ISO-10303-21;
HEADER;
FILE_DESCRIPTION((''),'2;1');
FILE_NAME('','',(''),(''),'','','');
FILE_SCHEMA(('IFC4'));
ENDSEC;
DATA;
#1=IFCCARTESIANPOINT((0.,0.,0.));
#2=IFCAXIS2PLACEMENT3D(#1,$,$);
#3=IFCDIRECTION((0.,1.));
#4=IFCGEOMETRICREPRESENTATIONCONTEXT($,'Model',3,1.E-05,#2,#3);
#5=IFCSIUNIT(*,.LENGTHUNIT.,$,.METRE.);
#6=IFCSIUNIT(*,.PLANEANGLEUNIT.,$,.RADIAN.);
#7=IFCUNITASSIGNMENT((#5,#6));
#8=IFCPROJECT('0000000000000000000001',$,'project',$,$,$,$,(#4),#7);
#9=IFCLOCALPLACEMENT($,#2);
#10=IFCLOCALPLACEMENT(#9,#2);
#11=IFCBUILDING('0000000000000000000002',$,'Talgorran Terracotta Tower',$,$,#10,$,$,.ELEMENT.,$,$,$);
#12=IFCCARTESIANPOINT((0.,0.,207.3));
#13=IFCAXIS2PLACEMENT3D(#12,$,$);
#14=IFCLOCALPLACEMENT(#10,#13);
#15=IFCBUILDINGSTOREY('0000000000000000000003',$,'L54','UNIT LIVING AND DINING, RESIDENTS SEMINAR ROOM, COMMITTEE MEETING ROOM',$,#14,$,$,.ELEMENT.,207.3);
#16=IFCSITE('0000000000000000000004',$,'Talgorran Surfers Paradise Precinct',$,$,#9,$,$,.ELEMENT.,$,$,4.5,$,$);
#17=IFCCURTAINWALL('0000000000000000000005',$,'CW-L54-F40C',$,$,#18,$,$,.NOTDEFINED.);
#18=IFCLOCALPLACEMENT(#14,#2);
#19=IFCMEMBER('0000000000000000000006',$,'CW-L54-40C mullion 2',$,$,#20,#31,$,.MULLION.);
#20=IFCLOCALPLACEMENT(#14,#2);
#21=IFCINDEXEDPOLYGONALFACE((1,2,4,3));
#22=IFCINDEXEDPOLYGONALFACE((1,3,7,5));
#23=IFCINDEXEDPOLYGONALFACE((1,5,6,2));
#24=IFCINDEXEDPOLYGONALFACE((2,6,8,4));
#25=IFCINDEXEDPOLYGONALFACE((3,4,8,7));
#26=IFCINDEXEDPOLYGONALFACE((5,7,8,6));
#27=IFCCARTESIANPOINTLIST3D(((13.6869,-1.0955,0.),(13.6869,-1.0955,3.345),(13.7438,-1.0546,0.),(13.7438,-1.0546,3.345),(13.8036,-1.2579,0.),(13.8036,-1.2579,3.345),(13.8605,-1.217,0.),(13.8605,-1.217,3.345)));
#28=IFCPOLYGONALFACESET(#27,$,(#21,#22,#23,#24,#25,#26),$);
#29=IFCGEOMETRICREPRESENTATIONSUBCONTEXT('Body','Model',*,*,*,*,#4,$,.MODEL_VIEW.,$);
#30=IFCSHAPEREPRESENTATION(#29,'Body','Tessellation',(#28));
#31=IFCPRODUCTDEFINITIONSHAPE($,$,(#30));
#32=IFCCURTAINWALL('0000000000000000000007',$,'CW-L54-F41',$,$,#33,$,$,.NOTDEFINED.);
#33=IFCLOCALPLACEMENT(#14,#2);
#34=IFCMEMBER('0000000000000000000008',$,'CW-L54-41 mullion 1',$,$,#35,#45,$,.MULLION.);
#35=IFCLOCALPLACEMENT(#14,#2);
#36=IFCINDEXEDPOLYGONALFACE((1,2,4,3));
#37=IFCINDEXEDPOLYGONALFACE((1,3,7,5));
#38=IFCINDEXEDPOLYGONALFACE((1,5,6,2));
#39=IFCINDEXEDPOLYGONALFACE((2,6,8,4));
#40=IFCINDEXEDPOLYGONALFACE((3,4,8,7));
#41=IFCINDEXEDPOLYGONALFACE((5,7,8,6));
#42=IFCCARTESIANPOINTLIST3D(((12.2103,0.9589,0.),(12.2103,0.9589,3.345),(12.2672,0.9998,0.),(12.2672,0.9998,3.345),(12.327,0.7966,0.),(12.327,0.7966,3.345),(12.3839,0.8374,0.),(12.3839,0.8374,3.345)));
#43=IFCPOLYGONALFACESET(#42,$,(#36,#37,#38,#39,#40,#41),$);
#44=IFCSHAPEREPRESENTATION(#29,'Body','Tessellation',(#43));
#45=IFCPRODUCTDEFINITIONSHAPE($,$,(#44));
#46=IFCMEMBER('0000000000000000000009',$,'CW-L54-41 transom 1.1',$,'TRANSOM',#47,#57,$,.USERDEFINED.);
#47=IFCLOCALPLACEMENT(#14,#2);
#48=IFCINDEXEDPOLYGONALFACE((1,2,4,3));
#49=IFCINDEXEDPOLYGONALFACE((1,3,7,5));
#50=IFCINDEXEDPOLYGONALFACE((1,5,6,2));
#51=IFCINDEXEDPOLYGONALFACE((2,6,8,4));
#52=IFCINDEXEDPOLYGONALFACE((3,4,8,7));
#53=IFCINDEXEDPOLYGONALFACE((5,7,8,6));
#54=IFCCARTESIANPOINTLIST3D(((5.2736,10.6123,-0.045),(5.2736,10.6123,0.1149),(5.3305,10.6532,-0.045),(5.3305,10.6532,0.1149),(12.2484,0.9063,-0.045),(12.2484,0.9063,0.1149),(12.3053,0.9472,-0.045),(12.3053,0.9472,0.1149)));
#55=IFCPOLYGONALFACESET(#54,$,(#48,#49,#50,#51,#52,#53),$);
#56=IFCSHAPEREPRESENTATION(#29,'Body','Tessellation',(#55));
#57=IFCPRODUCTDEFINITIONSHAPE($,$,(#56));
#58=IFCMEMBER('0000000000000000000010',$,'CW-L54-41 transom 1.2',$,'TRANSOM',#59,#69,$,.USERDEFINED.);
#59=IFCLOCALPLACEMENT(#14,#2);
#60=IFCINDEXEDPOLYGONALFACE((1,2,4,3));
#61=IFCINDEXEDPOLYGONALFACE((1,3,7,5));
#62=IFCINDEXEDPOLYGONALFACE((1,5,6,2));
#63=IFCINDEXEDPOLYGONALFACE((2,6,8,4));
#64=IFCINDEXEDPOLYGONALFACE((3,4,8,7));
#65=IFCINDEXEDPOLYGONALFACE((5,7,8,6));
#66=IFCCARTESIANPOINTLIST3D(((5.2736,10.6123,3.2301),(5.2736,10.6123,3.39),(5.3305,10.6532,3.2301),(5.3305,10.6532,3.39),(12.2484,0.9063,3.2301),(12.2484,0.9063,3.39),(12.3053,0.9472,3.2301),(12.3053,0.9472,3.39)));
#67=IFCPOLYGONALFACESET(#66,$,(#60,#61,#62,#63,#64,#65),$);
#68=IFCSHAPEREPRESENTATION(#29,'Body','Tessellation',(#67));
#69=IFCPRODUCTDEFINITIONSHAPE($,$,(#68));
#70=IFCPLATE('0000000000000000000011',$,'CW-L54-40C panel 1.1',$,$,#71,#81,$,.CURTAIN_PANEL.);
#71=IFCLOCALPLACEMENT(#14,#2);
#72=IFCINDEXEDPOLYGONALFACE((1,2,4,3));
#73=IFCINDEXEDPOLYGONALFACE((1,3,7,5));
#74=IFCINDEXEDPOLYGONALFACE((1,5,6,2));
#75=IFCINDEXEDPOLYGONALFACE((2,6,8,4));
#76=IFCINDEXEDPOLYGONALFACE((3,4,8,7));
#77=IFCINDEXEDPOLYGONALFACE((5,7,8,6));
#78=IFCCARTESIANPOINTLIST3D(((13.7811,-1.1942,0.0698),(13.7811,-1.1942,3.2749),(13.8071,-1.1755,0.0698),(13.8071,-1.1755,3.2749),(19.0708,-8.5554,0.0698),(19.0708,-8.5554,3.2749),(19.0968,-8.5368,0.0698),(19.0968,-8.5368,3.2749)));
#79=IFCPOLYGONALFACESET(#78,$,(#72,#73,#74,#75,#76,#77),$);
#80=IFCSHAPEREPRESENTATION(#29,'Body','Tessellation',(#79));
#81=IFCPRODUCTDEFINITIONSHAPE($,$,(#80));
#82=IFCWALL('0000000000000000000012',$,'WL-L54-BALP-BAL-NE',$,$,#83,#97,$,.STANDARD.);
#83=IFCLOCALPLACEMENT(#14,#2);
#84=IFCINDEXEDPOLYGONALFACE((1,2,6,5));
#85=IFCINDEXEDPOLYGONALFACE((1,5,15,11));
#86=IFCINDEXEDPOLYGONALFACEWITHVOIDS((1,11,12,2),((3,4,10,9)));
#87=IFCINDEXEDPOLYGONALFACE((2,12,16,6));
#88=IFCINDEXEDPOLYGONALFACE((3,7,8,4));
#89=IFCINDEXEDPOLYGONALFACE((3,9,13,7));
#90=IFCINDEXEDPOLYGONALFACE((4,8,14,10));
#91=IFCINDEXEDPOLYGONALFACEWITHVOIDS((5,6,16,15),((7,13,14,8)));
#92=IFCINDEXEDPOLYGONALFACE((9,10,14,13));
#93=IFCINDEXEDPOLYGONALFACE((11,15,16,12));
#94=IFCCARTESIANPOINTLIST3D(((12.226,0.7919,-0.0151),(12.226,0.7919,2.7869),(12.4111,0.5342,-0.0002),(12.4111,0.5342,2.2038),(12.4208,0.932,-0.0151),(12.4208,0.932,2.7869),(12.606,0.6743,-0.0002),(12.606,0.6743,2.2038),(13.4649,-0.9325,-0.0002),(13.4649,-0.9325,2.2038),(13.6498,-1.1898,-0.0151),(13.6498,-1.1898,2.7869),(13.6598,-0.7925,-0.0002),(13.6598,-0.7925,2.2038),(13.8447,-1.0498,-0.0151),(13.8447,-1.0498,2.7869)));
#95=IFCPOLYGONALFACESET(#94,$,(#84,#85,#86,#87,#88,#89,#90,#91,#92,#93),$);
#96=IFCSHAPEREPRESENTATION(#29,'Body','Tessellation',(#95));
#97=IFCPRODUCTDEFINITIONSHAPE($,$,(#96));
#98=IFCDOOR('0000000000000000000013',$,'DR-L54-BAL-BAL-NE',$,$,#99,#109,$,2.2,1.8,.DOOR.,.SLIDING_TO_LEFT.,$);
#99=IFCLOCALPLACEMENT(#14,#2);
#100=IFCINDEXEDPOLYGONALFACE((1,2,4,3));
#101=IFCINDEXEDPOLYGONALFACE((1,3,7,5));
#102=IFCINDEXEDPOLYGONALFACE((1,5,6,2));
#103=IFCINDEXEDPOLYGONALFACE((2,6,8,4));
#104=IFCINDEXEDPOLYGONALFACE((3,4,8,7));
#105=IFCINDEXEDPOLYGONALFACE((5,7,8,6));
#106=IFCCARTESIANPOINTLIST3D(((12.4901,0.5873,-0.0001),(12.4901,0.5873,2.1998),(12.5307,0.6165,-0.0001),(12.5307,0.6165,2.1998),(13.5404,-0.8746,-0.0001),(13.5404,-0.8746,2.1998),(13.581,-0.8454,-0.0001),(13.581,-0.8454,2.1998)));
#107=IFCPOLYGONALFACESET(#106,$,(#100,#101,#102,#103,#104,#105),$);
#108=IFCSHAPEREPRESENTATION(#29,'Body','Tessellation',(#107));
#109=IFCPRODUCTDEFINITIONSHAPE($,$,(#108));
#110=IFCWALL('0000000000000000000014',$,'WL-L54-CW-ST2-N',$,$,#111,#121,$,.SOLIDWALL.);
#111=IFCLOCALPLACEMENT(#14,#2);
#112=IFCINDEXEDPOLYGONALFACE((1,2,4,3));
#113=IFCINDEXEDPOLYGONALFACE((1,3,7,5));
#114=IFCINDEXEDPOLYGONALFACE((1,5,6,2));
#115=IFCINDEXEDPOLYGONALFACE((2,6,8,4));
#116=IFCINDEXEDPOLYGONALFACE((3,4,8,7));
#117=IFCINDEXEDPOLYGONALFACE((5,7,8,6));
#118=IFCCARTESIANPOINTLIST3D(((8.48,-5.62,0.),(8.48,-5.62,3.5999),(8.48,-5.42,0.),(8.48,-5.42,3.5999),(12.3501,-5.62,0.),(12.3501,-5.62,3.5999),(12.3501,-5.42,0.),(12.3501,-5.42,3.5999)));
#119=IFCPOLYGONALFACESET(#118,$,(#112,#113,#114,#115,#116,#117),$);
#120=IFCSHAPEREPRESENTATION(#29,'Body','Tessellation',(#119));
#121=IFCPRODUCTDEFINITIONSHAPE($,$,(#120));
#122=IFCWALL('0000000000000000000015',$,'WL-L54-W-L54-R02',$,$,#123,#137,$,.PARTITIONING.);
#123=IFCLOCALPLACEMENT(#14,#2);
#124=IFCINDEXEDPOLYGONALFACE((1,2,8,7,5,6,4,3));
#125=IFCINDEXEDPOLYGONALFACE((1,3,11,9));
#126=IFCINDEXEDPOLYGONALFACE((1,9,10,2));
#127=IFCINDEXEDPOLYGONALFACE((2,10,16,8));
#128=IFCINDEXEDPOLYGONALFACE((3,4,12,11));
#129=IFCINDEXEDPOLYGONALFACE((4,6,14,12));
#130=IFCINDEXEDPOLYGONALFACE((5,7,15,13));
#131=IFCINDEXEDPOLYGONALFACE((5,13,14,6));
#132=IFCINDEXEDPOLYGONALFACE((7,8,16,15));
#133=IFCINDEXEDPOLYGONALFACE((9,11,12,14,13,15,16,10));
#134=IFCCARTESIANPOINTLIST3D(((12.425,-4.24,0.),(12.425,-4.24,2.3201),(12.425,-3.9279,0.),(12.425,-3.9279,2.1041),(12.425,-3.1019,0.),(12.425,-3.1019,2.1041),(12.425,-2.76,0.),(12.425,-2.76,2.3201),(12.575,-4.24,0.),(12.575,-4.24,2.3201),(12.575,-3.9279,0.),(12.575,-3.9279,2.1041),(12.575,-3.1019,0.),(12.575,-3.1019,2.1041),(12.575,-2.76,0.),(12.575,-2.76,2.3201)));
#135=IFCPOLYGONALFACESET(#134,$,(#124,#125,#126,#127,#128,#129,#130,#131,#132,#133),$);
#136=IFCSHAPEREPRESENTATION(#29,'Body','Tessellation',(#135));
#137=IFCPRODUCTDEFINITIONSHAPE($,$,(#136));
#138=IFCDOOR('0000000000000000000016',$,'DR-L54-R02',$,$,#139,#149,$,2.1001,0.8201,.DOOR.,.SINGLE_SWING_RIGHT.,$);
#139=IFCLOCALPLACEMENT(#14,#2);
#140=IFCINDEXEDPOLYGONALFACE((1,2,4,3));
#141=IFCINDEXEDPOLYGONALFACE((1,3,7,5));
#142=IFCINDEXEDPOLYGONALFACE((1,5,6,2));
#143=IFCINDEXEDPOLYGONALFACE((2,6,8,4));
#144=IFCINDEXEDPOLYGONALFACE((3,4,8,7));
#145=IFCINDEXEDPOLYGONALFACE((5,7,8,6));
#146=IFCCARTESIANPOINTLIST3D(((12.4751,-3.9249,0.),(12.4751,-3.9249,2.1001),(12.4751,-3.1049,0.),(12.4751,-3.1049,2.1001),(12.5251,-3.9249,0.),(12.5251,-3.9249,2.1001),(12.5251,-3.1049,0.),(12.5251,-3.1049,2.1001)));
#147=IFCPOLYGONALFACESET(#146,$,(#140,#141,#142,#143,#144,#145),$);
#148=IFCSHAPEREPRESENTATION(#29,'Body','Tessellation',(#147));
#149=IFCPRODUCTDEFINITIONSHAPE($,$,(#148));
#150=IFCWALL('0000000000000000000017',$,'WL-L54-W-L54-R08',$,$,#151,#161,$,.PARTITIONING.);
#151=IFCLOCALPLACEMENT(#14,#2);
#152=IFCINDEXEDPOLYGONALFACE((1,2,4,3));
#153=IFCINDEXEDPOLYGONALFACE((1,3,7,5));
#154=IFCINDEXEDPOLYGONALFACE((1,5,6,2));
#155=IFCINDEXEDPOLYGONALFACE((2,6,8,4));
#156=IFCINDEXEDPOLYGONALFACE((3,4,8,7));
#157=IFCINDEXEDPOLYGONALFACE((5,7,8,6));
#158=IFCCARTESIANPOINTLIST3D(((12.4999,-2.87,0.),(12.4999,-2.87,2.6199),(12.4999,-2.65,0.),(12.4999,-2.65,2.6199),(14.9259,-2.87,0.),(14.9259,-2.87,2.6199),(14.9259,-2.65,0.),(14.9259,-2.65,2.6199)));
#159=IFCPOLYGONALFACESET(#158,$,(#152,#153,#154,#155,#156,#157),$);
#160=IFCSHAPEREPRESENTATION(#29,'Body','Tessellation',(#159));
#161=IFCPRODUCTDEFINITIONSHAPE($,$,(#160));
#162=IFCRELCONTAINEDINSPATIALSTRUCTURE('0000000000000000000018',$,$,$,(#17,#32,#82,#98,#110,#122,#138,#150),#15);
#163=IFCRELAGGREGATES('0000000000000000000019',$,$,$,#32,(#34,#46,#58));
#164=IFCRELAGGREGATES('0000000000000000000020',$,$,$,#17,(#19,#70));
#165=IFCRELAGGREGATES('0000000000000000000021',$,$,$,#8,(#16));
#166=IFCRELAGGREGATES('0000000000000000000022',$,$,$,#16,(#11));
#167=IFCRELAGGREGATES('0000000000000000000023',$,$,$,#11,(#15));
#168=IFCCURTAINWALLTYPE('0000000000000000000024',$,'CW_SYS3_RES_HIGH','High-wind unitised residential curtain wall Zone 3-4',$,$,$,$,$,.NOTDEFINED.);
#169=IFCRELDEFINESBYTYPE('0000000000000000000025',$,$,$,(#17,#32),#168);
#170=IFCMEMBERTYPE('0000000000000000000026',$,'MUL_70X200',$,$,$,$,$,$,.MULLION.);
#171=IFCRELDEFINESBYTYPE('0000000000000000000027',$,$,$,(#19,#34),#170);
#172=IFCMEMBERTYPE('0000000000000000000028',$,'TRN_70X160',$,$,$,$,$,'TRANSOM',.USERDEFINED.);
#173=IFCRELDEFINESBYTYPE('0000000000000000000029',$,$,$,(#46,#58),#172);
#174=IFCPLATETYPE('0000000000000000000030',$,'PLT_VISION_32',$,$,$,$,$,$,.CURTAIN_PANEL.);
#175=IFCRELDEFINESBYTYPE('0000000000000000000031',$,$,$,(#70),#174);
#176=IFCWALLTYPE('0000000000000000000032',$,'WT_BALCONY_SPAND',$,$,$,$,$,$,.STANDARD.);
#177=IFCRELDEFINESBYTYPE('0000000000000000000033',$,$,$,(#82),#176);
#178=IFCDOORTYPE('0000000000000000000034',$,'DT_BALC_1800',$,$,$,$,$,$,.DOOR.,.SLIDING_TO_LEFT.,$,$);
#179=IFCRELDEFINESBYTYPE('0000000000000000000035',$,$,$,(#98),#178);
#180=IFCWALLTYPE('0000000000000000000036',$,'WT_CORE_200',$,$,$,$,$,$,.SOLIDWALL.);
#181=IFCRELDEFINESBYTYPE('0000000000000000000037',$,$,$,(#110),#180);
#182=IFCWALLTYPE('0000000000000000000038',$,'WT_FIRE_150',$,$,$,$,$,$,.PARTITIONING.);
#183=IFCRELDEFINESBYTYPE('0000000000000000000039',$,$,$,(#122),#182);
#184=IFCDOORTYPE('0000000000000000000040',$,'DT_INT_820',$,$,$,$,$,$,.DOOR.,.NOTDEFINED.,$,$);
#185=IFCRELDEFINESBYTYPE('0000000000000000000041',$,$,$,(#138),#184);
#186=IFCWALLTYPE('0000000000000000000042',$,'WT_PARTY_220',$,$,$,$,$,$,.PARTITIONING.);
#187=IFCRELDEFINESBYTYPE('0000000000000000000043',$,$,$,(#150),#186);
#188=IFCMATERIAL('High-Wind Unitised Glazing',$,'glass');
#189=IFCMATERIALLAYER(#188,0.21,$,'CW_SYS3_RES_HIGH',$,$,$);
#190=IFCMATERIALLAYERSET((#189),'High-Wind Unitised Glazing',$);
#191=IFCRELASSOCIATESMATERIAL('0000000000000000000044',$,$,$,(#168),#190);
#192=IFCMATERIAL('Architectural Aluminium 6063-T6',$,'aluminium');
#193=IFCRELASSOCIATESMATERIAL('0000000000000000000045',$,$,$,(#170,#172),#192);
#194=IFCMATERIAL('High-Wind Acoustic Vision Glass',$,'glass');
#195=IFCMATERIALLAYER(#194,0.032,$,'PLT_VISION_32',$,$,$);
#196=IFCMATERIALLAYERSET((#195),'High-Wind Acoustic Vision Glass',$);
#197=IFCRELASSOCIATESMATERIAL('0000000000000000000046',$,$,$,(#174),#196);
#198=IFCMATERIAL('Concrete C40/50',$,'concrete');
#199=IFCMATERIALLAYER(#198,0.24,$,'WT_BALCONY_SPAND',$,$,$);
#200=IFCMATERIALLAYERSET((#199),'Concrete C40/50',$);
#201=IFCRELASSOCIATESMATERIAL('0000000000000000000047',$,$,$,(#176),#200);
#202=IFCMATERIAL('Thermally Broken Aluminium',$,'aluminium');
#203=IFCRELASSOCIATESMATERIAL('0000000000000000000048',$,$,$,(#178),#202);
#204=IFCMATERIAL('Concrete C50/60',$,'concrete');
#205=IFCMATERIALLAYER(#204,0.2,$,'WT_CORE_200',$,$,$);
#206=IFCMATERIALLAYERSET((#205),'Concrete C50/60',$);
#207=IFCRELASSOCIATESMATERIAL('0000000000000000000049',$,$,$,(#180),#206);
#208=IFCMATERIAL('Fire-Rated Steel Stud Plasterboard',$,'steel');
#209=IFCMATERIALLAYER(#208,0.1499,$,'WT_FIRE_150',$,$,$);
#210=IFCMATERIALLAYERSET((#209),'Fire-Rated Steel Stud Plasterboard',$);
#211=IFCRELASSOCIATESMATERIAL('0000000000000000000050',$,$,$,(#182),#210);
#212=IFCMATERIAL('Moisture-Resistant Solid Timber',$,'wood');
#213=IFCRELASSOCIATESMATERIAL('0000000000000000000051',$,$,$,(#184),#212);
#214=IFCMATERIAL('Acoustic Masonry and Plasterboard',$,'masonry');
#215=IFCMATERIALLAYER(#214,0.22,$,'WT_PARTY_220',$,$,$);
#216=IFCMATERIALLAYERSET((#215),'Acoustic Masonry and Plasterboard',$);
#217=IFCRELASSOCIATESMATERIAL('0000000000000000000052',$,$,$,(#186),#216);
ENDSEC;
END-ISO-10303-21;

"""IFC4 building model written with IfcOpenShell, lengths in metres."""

from ifc_helpers import new_model, si_unit, direction, frame, frame_2d, origin, origin_2d, place, context, subcontext, project, spatial, rectangle, extrude, source, transform, mapped, material, layer, layer_set, material_profile, profile_set, type_object, type_shapes, element, fill, aggregate, save


model = new_model("IFC4")

# Units and contexts
model_context = context("Model", 3, precision=1e-05, world=origin(), true_north=direction((0.0, 1.0)))
body_context = subcontext(model_context, "Body", "Model", "MODEL_VIEW")
ifc_project = project(units=[si_unit("LENGTHUNIT", "METRE"), si_unit("PLANEANGLEUNIT", "RADIAN")], contexts=[model_context])

# Site, building, storey
site_placement = place(None, origin())
site = spatial("IfcSite", under=ifc_project, at=site_placement, Name="Talgorran Surfers Paradise Precinct", CompositionType="ELEMENT", RefElevation=4.5)
building_placement = place(site_placement, origin())
building = spatial("IfcBuilding", under=site, at=building_placement, Name="Talgorran Terracotta Tower", CompositionType="ELEMENT")
storey_placement = place(building_placement, frame((0.0, 0.0, 207.3)))
storey = spatial("IfcBuildingStorey", under=building, at=storey_placement, Name="L54", Description="UNIT LIVING AND DINING, RESIDENTS SEMINAR ROOM, COMMITTEE MEETING ROOM", CompositionType="ELEMENT", Elevation=207.3)

# Curtain wall, member
ifc_material_1 = material(Name="High-Wind Unitised Glazing", Category="glass")
ifc_layer_1 = layer(ifc_material_1, 0.21, Name="CW_SYS3_RES_HIGH")
ifc_layer_set_1 = layer_set([ifc_layer_1], Name="High-Wind Unitised Glazing")
curtain_wall_type = type_object("IfcCurtainWallType", Name="CW_SYS3_RES_HIGH", Description="High-wind unitised residential curtain wall Zone 3-4", PredefinedType="NOTDEFINED", material=ifc_layer_set_1)
curtain_wall_1_placement = place(storey_placement, origin())
curtain_wall_1 = element("IfcCurtainWall", 1, at=curtain_wall_1_placement, inside=storey, type_object=curtain_wall_type, Name="CW-L54-F40C", PredefinedType="NOTDEFINED")
ifc_material_2 = material(Name="Architectural Aluminium 6063-T6", Category="aluminium")
ifc_material_profile_1 = material_profile(ifc_material_2, rectangle(XDim=0.0701, YDim=0.2, at=origin_2d()), Name="CWM70X200")
ifc_profile_set_1 = profile_set([ifc_material_profile_1], Name="Architectural Aluminium 6063-T6")
member_type_1 = type_object("IfcMemberType", Name="MUL_70X200", PredefinedType="MULLION", material=ifc_profile_set_1)
member_1_placement = place(storey_placement, frame((13.7737, -1.1562, 0.0), z_axis=(0.0, 0.0, 1.0), x_axis=(-0.812075, -0.583553, 0.0)))
member_1 = element("IfcMember", 2, at=member_1_placement, type_object=member_type_1, Name="CW-L54-40C mullion 2", PredefinedType="MULLION", context=body_context, shape_type="SweptSolid", body=[
    extrude(rectangle(XDim=0.0701, YDim=0.2, at=origin_2d()), origin(), (0.0, 0.0, 1.0), 3.345),
])

# Curtain wall, members
curtain_wall_2_placement = place(storey_placement, origin())
curtain_wall_2 = element("IfcCurtainWall", 3, at=curtain_wall_2_placement, inside=storey, type_object=curtain_wall_type, Name="CW-L54-F41", PredefinedType="NOTDEFINED")
member_2_placement = place(storey_placement, frame((12.2971, 0.8982, 0.0), z_axis=(0.0, 0.0, 1.0), x_axis=(-0.812077, -0.58355, 0.0)))
member_2 = element("IfcMember", 4, at=member_2_placement, type_object=member_type_1, Name="CW-L54-41 mullion 1", PredefinedType="MULLION", context=body_context, shape_type="SweptSolid", body=[
    extrude(rectangle(XDim=0.0701, YDim=0.2, at=origin_2d()), origin(), (0.0, 0.0, 1.0), 3.345),
])
ifc_material_profile_2 = material_profile(ifc_material_2, rectangle(XDim=0.0701, YDim=0.1599, at=origin_2d()), Name="CWT70X160")
ifc_profile_set_2 = profile_set([ifc_material_profile_2], Name="Architectural Aluminium 6063-T6")
member_type_2 = type_object("IfcMemberType", Name="TRN_70X160", ElementType="TRANSOM", PredefinedType="USERDEFINED", material=ifc_profile_set_2)
member_3_placement = place(storey_placement, frame((12.2769, 0.9268, 0.0349), z_axis=(-0.58356, 0.81207, 0.0), x_axis=(-0.81207, -0.58356, 0.0)))
member_3 = element("IfcMember", 5, at=member_3_placement, type_object=member_type_2, Name="CW-L54-41 transom 1.1", ObjectType="TRANSOM", PredefinedType="USERDEFINED", context=body_context, shape_type="SweptSolid", body=[
    extrude(rectangle(XDim=0.0701, YDim=0.1599, at=origin_2d()), origin(), (0.0, 0.0, 1.0), 11.9521),
])
member_4_placement = place(storey_placement, frame((12.2769, 0.9268, 3.3101), z_axis=(-0.58356, 0.81207, 0.0), x_axis=(-0.81207, -0.58356, 0.0)))
member_4 = element("IfcMember", 6, at=member_4_placement, type_object=member_type_2, Name="CW-L54-41 transom 1.2", ObjectType="TRANSOM", PredefinedType="USERDEFINED", context=body_context, shape_type="SweptSolid", body=[
    extrude(rectangle(XDim=0.0701, YDim=0.1599, at=origin_2d()), origin(), (0.0, 0.0, 1.0), 11.9521),
])
aggregate(curtain_wall_2, [member_2, member_3, member_4])

# Plate
ifc_material_3 = material(Name="High-Wind Acoustic Vision Glass", Category="glass")
ifc_layer_2 = layer(ifc_material_3, 0.032, Name="PLT_VISION_32")
ifc_layer_set_2 = layer_set([ifc_layer_2], Name="High-Wind Acoustic Vision Glass")
plate_type = type_object("IfcPlateType", Name="PLT_VISION_32", PredefinedType="CURTAIN_PANEL", material=ifc_layer_set_2)
shared_shape = source(origin(), body_context, "Body", "SweptSolid", [
    extrude(rectangle(XDim=9.0647, YDim=0.032, at=origin_2d()), origin(), (0.0, 0.0, 1.0), 3.2051),
])
type_shapes(plate_type, [shared_shape])
plate_placement = place(storey_placement, frame((16.439, -4.8655, 0.0698), z_axis=(0.0, 0.0, 1.0), x_axis=(-0.583553, 0.812075, 0.0)))
plate = element("IfcPlate", 7, at=plate_placement, type_object=plate_type, Name="CW-L54-40C panel 1.1", PredefinedType="CURTAIN_PANEL", context=body_context, shape_type="MappedRepresentation", body=[
    mapped(shared_shape, transform((0.0, 0.0, 0.0), scale=1.0)),
])
aggregate(curtain_wall_1, [member_1, plate])

# Wall, opening, door
ifc_material_4 = material(Name="Concrete C40/50", Category="concrete")
ifc_layer_3 = layer(ifc_material_4, 0.24, Name="WT_BALCONY_SPAND")
ifc_layer_set_3 = layer_set([ifc_layer_3], Name="Concrete C40/50")
wall_type_1 = type_object("IfcWallType", Name="WT_BALCONY_SPAND", PredefinedType="STANDARD", material=ifc_layer_set_3)
wall_1_placement = place(storey_placement, frame((13.7473, -1.1199, -0.0151), z_axis=(0.0, 0.0, 1.0), x_axis=(-0.583498, 0.812115, 0.0)))
wall_1 = element("IfcWall", 8, at=wall_1_placement, inside=storey, type_object=wall_type_1, Name="WL-L54-BALP-BAL-NE", PredefinedType="STANDARD", context=body_context, shape_type="SweptSolid", body=[
    extrude(rectangle(XDim=2.4402, YDim=0.24, at=frame_2d((1.2202, 0.0))), origin(), (0.0, 0.0, 1.0), 2.802),
])
opening_1_placement = place(wall_1_placement, frame((0.3201, 0.0, 0.0149)))
opening_1 = element("IfcOpeningElement", 9, at=opening_1_placement, cuts=wall_1, PredefinedType="OPENING", context=body_context, shape_type="SweptSolid", body=[
    extrude(rectangle(XDim=1.806, YDim=2.204, at=frame_2d((0.8999, 1.1021))), frame((0.0, 0.1299, 0.0), z_axis=(0.0, -1.0, 0.0), x_axis=(1.0, 0.0, 0.0)), (0.0, 0.0, 1.0), 0.26),
])
ifc_material_5 = material(Name="Thermally Broken Aluminium", Category="aluminium")
door_type_1 = type_object("IfcDoorType", Name="DT_BALC_1800", OperationType="SLIDING_TO_LEFT", PredefinedType="DOOR", material=ifc_material_5)
door_1_placement = place(opening_1_placement, origin())
door_1 = element("IfcDoor", 10, at=door_1_placement, inside=storey, type_object=door_type_1, Name="DR-L54-BAL-BAL-NE", OperationType="SLIDING_TO_LEFT", OverallHeight=2.2, OverallWidth=1.8, PredefinedType="DOOR", context=body_context, shape_type="SweptSolid", body=[
    extrude(rectangle(XDim=1.8, YDim=2.2, at=frame_2d((0.8999, 1.1001))), frame((0.0, 0.0249, 0.0), z_axis=(0.0, -1.0, 0.0), x_axis=(1.0, 0.0, 0.0)), (0.0, 0.0, 1.0), 0.05),
])
fill(opening_1, door_1)

# Wall
ifc_material_6 = material(Name="Concrete C50/60", Category="concrete")
ifc_layer_4 = layer(ifc_material_6, 0.2, Name="WT_CORE_200")
ifc_layer_set_4 = layer_set([ifc_layer_4], Name="Concrete C50/60")
wall_type_2 = type_object("IfcWallType", Name="WT_CORE_200", PredefinedType="SOLIDWALL", material=ifc_layer_set_4)
wall_2_placement = place(storey_placement, frame((8.48, -5.52, 0.0), z_axis=(0.0, 0.0, 1.0), x_axis=(1.0, 0.0, 0.0)))
element("IfcWall", 11, at=wall_2_placement, inside=storey, type_object=wall_type_2, Name="WL-L54-CW-ST2-N", PredefinedType="SOLIDWALL", context=body_context, shape_type="SweptSolid", body=[
    extrude(rectangle(XDim=3.8701, YDim=0.2, at=frame_2d((1.9351, 0.0))), origin(), (0.0, 0.0, 1.0), 3.5999),
])

# Wall, opening, door
ifc_material_7 = material(Name="Fire-Rated Steel Stud Plasterboard", Category="steel")
ifc_layer_5 = layer(ifc_material_7, 0.1499, Name="WT_FIRE_150")
ifc_layer_set_5 = layer_set([ifc_layer_5], Name="Fire-Rated Steel Stud Plasterboard")
wall_type_3 = type_object("IfcWallType", Name="WT_FIRE_150", PredefinedType="PARTITIONING", material=ifc_layer_set_5)
wall_3_placement = place(storey_placement, frame((12.5, -4.24, 0.0), z_axis=(0.0, 0.0, 1.0), x_axis=(0.0, 1.0, 0.0)))
wall_3 = element("IfcWall", 12, at=wall_3_placement, inside=storey, type_object=wall_type_3, Name="WL-L54-W-L54-R02", PredefinedType="PARTITIONING", context=body_context, shape_type="SweptSolid", body=[
    extrude(rectangle(XDim=1.48, YDim=0.1499, at=frame_2d((0.74, 0.0))), origin(), (0.0, 0.0, 1.0), 2.3201),
])
opening_2_placement = place(wall_3_placement, frame((0.3149, 0.0, 0.0)))
opening_2 = element("IfcOpeningElement", 13, at=opening_2_placement, cuts=wall_3, PredefinedType="OPENING", context=body_context, shape_type="SweptSolid", body=[
    extrude(rectangle(XDim=0.8261, YDim=2.1041, at=frame_2d((0.4102, 1.052))), frame((0.0, 0.085, 0.0), z_axis=(0.0, -1.0, 0.0), x_axis=(1.0, 0.0, 0.0)), (0.0, 0.0, 1.0), 0.1699),
])
ifc_material_8 = material(Name="Moisture-Resistant Solid Timber", Category="wood")
door_type_2 = type_object("IfcDoorType", Name="DT_INT_820", OperationType="NOTDEFINED", PredefinedType="DOOR", material=ifc_material_8)
door_2_placement = place(opening_2_placement, origin())
door_2 = element("IfcDoor", 14, at=door_2_placement, inside=storey, type_object=door_type_2, Name="DR-L54-R02", OperationType="SINGLE_SWING_RIGHT", OverallHeight=2.1001, OverallWidth=0.8201, PredefinedType="DOOR", context=body_context, shape_type="SweptSolid", body=[
    extrude(rectangle(XDim=0.8201, YDim=2.1001, at=frame_2d((0.4102, 1.05))), frame((0.0, 0.0249, 0.0), z_axis=(0.0, -1.0, 0.0), x_axis=(1.0, 0.0, 0.0)), (0.0, 0.0, 1.0), 0.05),
])
fill(opening_2, door_2)

# Wall
ifc_material_9 = material(Name="Acoustic Masonry and Plasterboard", Category="masonry")
ifc_layer_6 = layer(ifc_material_9, 0.22, Name="WT_PARTY_220")
ifc_layer_set_6 = layer_set([ifc_layer_6], Name="Acoustic Masonry and Plasterboard")
wall_type_4 = type_object("IfcWallType", Name="WT_PARTY_220", PredefinedType="PARTITIONING", material=ifc_layer_set_6)
wall_4_placement = place(storey_placement, frame((12.5, -2.76, 0.0), z_axis=(0.0, 0.0, 1.0), x_axis=(1.0, 0.0, 0.0)))
element("IfcWall", 15, at=wall_4_placement, inside=storey, type_object=wall_type_4, Name="WL-L54-W-L54-R08", PredefinedType="PARTITIONING", context=body_context, shape_type="SweptSolid", body=[
    extrude(rectangle(XDim=2.426, YDim=0.22, at=frame_2d((1.2129, 0.0))), origin(), (0.0, 0.0, 1.0), 2.6199),
])

save(model, "model.ifc")
